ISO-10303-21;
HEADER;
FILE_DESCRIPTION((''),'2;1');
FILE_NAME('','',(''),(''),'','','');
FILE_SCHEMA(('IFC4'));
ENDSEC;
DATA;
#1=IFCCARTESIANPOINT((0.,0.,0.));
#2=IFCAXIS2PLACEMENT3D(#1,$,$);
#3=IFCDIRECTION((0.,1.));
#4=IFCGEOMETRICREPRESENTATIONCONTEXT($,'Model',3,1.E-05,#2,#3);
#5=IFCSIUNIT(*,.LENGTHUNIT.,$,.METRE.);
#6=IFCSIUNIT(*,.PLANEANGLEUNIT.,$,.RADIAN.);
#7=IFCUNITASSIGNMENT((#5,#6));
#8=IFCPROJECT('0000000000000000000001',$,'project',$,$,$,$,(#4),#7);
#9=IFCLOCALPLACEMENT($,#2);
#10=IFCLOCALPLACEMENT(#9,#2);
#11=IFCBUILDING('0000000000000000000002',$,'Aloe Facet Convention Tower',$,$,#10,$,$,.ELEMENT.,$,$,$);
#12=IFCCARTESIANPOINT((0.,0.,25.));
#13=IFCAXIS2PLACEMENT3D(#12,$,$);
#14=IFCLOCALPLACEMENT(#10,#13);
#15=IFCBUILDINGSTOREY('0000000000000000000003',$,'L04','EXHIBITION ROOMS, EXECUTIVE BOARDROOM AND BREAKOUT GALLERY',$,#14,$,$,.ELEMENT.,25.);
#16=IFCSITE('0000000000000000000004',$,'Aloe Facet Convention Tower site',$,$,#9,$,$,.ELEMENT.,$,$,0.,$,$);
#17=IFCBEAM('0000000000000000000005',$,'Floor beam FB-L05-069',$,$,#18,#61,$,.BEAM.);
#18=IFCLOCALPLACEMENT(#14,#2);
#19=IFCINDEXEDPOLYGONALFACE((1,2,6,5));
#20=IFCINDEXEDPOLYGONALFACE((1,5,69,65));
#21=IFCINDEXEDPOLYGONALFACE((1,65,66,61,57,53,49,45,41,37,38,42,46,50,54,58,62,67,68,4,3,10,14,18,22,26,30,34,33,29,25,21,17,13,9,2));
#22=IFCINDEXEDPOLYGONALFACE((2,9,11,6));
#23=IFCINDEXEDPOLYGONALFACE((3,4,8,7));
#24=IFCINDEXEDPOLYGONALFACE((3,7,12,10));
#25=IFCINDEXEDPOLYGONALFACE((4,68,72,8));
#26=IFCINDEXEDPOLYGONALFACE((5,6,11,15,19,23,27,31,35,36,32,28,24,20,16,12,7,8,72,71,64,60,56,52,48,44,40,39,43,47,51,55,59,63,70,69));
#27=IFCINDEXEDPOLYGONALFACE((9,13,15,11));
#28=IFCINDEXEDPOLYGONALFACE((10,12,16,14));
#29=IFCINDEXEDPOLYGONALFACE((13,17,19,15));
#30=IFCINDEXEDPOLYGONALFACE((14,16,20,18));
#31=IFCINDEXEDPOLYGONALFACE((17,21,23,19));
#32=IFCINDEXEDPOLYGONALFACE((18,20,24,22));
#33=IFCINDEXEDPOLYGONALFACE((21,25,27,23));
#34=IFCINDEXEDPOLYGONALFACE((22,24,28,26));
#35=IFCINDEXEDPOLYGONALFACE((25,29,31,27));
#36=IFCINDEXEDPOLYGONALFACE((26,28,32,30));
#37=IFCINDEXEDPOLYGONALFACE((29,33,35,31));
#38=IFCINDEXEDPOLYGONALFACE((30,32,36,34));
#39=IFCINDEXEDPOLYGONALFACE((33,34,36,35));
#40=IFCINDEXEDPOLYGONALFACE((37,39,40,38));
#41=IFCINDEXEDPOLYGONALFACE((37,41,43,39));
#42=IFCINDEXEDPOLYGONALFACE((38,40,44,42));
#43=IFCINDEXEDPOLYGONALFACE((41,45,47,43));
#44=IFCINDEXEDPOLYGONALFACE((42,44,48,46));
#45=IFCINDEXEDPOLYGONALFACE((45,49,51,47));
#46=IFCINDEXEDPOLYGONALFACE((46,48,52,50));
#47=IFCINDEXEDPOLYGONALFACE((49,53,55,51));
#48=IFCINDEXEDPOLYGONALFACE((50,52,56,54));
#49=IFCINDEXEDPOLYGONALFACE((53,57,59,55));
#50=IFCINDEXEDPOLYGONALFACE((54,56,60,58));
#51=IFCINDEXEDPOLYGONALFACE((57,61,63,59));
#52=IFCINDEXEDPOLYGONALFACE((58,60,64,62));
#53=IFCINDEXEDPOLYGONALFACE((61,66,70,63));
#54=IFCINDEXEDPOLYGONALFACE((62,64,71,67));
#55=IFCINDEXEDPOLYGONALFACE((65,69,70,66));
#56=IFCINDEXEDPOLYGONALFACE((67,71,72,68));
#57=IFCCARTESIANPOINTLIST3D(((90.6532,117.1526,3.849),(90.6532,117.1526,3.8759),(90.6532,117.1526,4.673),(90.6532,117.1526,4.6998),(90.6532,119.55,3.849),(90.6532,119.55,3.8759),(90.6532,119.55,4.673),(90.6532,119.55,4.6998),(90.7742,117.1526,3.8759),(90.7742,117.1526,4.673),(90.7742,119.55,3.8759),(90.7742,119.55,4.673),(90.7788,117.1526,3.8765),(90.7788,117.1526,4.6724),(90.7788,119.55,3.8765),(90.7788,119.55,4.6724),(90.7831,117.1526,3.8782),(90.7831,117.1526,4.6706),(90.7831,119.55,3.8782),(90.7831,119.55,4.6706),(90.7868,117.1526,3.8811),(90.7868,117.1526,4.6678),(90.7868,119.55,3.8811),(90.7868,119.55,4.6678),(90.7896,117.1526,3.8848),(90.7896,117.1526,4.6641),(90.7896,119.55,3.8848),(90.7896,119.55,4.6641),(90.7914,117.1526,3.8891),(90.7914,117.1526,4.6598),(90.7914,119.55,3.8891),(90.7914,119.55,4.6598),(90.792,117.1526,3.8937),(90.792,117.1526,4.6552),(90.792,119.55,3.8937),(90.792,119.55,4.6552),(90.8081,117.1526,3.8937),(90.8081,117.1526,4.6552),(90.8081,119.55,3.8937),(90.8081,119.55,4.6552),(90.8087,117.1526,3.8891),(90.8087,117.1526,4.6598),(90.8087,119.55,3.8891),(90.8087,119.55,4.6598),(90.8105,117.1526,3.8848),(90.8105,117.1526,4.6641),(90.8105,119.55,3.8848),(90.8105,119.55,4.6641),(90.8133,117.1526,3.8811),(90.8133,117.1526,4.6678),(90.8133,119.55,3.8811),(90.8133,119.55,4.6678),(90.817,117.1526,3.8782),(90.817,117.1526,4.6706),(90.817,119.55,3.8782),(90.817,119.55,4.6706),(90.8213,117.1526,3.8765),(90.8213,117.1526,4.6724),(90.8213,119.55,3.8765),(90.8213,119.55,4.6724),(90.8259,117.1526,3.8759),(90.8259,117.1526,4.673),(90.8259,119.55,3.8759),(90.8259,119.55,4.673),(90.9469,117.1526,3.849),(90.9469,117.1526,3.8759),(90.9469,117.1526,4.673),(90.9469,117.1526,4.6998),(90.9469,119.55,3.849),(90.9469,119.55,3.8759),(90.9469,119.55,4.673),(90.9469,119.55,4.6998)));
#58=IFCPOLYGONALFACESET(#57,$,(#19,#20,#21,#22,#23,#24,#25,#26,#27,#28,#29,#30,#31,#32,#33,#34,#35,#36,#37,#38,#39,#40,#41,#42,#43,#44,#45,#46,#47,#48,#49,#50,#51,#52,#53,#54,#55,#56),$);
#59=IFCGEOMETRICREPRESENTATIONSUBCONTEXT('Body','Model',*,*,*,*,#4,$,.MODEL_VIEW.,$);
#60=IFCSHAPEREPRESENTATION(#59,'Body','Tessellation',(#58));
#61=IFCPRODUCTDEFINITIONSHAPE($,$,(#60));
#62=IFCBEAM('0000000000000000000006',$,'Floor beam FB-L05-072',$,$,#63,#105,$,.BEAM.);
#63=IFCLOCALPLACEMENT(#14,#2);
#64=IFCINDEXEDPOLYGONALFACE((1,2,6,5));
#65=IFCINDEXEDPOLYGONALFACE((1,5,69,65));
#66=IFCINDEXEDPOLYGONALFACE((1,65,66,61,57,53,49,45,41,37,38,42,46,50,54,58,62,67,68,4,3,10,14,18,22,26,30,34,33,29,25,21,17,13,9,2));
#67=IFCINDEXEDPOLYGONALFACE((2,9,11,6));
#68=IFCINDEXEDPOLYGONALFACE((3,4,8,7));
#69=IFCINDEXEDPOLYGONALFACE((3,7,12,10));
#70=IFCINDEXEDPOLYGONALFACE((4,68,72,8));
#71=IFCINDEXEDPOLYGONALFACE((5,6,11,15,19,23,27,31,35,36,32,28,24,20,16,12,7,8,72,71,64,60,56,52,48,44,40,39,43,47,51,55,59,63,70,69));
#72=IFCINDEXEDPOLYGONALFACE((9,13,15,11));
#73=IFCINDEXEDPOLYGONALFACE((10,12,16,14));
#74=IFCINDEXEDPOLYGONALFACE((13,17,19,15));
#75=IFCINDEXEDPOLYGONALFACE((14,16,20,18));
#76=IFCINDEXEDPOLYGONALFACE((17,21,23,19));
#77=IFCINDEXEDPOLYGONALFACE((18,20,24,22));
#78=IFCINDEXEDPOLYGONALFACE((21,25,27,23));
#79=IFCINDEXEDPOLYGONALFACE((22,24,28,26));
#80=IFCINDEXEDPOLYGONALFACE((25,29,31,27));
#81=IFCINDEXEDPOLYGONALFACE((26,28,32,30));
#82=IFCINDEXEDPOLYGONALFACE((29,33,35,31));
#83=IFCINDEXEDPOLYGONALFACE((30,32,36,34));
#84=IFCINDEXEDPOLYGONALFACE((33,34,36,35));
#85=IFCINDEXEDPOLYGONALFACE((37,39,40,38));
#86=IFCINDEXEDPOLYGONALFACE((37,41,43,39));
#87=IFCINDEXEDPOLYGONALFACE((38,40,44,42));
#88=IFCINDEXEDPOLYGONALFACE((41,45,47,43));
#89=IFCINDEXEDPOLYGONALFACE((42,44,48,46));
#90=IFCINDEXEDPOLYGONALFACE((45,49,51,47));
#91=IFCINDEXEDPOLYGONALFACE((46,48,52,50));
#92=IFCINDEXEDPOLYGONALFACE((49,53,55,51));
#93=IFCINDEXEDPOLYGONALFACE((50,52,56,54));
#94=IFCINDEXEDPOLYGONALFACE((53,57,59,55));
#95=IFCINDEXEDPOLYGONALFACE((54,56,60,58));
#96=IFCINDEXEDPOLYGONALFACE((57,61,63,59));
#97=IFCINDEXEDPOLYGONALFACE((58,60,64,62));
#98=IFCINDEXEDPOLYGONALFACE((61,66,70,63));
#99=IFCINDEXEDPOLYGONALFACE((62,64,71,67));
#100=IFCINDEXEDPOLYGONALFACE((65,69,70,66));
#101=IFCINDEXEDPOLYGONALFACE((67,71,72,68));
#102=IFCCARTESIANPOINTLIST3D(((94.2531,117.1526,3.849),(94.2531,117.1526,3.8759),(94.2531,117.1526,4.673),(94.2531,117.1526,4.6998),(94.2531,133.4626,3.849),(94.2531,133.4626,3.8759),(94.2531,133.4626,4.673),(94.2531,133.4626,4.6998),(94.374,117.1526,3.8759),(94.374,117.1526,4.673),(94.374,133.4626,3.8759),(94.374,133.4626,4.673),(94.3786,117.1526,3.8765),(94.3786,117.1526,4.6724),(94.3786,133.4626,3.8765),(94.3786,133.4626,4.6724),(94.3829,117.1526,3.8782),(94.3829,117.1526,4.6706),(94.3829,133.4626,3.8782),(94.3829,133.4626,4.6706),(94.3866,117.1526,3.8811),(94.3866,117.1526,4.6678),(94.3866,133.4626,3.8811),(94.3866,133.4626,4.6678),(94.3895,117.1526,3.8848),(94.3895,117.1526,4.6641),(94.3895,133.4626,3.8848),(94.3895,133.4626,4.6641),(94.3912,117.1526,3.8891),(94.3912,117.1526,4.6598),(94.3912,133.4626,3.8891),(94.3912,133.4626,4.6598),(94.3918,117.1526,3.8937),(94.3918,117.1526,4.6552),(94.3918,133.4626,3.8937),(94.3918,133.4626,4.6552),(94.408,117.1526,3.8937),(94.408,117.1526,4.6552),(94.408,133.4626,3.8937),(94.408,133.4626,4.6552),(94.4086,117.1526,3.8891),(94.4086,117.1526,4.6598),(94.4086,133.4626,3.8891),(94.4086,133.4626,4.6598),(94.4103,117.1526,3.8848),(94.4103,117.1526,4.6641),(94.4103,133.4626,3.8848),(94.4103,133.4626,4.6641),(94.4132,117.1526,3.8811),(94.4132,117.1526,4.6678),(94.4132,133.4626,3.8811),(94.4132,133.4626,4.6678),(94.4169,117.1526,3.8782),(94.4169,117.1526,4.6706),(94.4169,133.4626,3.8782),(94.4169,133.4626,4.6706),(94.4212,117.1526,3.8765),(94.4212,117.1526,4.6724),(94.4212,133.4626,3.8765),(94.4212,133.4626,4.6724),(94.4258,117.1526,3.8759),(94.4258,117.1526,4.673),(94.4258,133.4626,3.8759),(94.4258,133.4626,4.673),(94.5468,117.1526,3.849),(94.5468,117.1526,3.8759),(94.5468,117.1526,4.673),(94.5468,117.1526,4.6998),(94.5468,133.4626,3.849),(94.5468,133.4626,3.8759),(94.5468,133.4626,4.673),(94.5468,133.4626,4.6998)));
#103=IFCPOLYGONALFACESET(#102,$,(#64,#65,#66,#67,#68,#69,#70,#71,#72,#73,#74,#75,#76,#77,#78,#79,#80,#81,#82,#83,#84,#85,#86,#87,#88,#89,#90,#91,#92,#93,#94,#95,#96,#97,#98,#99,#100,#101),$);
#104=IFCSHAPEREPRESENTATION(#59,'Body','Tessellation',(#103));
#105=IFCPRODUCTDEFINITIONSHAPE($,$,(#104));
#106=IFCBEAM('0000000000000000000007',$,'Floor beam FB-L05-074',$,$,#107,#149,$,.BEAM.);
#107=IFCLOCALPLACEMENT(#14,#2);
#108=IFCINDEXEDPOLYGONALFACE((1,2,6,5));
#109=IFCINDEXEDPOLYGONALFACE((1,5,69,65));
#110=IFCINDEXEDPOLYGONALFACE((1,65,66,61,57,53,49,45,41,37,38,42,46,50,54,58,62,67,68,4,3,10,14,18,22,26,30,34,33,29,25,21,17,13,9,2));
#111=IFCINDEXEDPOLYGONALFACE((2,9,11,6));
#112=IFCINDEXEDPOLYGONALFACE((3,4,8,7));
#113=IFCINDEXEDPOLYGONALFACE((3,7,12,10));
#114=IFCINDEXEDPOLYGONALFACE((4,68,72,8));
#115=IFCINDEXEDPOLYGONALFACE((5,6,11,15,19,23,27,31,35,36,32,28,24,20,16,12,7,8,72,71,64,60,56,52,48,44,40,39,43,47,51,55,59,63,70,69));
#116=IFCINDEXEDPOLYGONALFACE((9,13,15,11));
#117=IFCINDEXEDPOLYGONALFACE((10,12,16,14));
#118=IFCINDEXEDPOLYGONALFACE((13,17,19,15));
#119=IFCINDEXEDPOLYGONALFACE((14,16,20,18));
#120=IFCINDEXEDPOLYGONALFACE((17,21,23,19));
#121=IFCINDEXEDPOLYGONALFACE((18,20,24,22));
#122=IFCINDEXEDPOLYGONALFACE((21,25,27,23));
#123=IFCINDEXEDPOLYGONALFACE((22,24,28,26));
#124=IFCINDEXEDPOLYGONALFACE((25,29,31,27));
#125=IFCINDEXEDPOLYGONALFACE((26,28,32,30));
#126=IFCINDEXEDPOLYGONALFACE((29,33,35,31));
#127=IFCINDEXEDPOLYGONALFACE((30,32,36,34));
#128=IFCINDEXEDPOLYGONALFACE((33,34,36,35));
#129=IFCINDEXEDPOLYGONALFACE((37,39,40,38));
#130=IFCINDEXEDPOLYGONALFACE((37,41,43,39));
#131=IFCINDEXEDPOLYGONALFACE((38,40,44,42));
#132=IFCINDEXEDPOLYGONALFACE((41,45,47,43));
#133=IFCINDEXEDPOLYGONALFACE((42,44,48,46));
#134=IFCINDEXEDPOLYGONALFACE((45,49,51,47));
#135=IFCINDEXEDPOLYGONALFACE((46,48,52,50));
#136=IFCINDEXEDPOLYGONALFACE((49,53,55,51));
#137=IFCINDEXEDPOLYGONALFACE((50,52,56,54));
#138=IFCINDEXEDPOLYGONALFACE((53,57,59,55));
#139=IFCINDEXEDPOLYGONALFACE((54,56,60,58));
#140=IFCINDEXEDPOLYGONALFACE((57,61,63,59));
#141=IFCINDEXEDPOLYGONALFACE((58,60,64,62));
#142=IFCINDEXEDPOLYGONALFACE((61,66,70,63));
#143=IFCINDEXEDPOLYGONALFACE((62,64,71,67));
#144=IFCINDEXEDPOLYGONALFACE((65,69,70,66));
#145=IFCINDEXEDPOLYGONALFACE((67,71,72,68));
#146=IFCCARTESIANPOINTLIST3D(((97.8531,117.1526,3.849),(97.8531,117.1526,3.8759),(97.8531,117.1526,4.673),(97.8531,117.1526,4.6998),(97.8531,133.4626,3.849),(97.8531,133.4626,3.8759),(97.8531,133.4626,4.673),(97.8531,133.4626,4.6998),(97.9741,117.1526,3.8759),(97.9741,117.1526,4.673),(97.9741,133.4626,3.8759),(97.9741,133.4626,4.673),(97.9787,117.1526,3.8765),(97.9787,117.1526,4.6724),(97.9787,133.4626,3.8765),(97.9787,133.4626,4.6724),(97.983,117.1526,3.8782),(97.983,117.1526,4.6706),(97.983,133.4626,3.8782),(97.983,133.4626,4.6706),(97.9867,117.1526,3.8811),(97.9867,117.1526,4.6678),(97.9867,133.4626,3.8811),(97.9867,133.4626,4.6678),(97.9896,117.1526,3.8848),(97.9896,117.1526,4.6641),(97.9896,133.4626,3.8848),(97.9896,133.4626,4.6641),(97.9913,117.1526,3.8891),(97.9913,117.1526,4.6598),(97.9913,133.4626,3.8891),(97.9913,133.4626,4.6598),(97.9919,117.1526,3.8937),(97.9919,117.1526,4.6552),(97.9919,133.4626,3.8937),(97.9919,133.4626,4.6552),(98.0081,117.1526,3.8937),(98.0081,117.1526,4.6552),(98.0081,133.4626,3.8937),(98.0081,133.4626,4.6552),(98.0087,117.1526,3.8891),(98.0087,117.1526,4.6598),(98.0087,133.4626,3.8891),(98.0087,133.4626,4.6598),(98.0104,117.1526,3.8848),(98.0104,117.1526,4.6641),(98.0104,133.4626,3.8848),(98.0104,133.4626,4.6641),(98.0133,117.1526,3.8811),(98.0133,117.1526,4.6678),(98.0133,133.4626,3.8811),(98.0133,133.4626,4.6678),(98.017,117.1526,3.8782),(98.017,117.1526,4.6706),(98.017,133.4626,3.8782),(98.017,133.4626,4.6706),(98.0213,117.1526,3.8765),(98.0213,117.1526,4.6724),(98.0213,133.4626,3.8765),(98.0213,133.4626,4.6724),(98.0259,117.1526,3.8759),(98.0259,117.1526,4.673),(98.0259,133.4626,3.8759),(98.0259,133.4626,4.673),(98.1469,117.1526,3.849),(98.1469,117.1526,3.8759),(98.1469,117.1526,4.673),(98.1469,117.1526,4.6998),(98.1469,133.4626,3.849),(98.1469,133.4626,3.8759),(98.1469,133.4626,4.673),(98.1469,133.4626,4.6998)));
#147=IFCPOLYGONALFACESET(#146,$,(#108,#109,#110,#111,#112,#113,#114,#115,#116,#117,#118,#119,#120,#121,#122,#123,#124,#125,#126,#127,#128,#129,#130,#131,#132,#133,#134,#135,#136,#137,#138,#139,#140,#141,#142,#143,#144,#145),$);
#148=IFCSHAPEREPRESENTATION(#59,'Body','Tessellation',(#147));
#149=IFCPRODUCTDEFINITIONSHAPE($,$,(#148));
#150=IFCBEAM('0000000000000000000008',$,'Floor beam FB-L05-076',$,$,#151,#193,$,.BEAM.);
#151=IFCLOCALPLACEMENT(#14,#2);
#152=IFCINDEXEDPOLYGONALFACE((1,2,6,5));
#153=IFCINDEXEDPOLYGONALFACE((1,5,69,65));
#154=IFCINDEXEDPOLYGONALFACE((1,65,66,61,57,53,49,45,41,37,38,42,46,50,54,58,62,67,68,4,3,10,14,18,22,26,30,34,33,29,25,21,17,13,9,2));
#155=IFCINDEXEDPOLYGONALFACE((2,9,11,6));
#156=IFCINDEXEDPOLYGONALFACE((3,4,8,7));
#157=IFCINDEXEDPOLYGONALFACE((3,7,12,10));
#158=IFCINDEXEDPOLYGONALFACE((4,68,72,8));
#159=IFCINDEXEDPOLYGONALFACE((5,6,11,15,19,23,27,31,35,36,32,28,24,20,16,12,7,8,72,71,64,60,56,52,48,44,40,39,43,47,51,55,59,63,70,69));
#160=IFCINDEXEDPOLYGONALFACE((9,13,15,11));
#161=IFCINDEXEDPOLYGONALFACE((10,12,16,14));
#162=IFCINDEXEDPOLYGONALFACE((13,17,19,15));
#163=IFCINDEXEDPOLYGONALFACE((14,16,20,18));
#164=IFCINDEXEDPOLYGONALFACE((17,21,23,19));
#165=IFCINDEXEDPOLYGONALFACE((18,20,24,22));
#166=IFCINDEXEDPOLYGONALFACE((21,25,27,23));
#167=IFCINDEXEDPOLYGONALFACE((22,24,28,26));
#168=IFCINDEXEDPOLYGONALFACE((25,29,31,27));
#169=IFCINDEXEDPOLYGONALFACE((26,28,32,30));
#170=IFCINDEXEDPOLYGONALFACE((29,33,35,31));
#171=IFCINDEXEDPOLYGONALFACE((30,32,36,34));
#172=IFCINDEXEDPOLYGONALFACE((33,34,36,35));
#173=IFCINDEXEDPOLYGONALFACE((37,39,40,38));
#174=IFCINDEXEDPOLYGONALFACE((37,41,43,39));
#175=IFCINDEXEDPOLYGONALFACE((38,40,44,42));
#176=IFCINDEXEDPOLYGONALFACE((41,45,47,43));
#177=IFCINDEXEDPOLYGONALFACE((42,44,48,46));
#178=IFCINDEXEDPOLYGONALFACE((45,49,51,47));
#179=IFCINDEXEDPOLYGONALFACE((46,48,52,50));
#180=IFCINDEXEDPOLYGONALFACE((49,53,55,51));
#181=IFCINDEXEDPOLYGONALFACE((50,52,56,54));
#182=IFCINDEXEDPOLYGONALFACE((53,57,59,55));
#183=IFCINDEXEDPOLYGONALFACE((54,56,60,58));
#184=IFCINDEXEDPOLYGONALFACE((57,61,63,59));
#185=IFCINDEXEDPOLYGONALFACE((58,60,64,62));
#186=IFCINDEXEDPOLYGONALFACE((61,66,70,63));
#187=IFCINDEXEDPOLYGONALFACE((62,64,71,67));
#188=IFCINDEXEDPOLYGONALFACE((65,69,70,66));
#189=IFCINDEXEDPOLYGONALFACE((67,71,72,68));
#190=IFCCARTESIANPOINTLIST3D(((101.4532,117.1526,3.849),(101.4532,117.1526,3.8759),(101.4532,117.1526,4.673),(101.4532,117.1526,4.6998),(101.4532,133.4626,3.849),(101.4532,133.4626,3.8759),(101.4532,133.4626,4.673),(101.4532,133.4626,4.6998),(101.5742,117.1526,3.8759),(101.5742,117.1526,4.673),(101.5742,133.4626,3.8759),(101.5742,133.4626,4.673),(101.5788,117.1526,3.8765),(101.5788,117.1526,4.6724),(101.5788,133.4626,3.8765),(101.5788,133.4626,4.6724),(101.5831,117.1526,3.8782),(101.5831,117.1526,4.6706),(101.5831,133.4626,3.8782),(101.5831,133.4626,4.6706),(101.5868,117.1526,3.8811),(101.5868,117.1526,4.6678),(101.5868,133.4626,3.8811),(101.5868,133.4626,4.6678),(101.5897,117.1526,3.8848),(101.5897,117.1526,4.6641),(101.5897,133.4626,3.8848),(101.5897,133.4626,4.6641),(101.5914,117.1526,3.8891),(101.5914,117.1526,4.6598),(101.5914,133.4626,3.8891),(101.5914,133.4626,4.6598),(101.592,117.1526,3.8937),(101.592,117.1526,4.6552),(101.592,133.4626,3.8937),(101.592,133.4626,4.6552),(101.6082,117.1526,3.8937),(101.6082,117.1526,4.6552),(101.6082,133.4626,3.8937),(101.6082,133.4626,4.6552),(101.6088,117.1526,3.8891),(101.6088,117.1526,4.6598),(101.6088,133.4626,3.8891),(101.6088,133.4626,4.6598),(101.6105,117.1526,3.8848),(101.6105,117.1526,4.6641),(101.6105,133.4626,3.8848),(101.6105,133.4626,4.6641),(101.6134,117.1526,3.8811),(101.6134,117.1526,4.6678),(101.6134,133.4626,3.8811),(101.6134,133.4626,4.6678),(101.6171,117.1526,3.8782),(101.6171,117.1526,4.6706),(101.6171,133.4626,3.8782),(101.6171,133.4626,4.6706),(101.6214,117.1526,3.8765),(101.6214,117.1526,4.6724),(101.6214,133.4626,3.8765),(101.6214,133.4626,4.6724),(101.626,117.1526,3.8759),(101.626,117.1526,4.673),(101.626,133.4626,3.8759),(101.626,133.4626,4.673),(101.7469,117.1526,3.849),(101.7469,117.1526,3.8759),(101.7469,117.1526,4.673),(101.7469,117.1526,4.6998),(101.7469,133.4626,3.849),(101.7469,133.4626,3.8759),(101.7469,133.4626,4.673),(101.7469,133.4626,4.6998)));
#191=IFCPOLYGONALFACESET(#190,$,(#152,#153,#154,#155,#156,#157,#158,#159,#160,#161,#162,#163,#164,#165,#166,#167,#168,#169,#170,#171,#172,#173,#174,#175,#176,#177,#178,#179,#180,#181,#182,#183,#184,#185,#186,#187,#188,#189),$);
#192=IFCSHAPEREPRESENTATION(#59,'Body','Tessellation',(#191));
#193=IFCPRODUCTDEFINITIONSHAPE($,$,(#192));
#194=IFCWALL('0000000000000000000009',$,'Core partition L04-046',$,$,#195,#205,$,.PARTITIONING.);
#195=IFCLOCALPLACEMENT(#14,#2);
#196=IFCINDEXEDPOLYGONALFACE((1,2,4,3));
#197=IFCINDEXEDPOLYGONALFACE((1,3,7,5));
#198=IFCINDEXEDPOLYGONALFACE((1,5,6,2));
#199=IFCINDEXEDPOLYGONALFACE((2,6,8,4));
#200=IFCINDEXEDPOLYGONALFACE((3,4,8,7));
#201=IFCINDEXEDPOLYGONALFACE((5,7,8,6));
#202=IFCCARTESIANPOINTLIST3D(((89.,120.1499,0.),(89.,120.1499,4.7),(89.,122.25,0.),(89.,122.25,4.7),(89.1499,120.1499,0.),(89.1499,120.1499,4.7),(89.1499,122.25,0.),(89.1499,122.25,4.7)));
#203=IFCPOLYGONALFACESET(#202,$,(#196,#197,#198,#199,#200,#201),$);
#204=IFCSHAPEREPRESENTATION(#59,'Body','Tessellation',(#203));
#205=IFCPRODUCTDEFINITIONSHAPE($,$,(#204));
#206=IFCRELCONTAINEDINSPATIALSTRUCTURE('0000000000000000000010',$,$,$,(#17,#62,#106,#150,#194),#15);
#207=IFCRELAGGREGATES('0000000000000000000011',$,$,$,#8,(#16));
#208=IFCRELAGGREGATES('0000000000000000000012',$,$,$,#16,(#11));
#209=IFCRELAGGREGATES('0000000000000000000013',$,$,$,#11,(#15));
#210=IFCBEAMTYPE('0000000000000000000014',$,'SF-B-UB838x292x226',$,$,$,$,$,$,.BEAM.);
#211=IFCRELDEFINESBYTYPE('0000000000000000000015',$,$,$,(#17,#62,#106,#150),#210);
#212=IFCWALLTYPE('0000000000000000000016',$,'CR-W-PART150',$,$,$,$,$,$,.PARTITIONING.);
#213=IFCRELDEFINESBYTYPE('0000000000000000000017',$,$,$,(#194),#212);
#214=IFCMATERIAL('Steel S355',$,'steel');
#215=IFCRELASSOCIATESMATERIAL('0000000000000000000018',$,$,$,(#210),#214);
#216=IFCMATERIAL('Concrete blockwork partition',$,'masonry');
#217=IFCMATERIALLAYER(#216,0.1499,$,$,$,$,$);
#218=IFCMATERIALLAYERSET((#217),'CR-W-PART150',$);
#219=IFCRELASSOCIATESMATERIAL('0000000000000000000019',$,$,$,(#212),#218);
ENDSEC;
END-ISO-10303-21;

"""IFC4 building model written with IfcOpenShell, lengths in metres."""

from ifc_helpers import new_model, si_unit, direction, frame, frame_2d, origin, origin_2d, place, context, subcontext, project, spatial, rectangle, i_section, extrude, material, layer, layer_set, material_profile, profile_set, type_object, element, save


model = new_model("IFC4")

# Units and contexts
model_context = context("Model", 3, precision=1e-05, world=origin(), true_north=direction((0.0, 1.0)))
body_context = subcontext(model_context, "Body", "Model", "MODEL_VIEW")
ifc_project = project(units=[si_unit("LENGTHUNIT", "METRE"), si_unit("PLANEANGLEUNIT", "RADIAN")], contexts=[model_context])

# Site, building, storey
site_placement = place(None, origin())
site = spatial("IfcSite", under=ifc_project, at=site_placement, Name="Aloe Facet Convention Tower site", CompositionType="ELEMENT", RefElevation=0.0)
building_placement = place(site_placement, origin())
building = spatial("IfcBuilding", under=site, at=building_placement, Name="Aloe Facet Convention Tower", CompositionType="ELEMENT")
storey_placement = place(building_placement, frame((0.0, 0.0, 25.0)))
storey = spatial("IfcBuildingStorey", under=building, at=storey_placement, Name="L04", Description="EXHIBITION ROOMS, EXECUTIVE BOARDROOM AND BREAKOUT GALLERY", CompositionType="ELEMENT", Elevation=25.0)

# Beams
ifc_material_1 = material(Name="Steel S355", Category="steel")
ifc_material_profile = material_profile(ifc_material_1, i_section(OverallWidth=0.2937, OverallDepth=0.8508, WebThickness=0.0161, FlangeThickness=0.0269, FilletRadius=0.0178, at=origin_2d()), Name="UB 838x292x226")
ifc_profile_set = profile_set([ifc_material_profile], Name="Steel S355")
beam_type = type_object("IfcBeamType", Name="SF-B-UB838x292x226", PredefinedType="BEAM", material=ifc_profile_set)
beam_placement = place(storey_placement, frame((90.8, 117.1526, 4.2744), z_axis=(0.0, 1.0, 0.0), x_axis=(-1.0, 0.0, 0.0)))
element("IfcBeam", 1, at=beam_placement, inside=storey, type_object=beam_type, Name="Floor beam FB-L05-069", PredefinedType="BEAM", context=body_context, shape_type="SweptSolid", body=[
    extrude(i_section(OverallWidth=0.2937, OverallDepth=0.8508, WebThickness=0.0161, FlangeThickness=0.0269, FilletRadius=0.0178, at=origin_2d()), origin(), (0.0, 0.0, 1.0), 2.3975),
])
for number, where, z_axis, x_axis, name in (
    (2, (94.3999, 117.1526, 4.2744), (0.0, 1.0, 0.0), (-1.0, 0.0, 0.0), "Floor beam FB-L05-072"),
    (3, (98.0, 117.1526, 4.2744), (0.0, 1.0, 0.0), (-1.0, 0.0, 0.0), "Floor beam FB-L05-074"),
    (4, (101.6001, 117.1526, 4.2744), (0.0, 1.0, 0.0), (-1.0, 0.0, 0.0), "Floor beam FB-L05-076"),
):
    element("IfcBeam", number, at=place(storey_placement, frame(where, z_axis=z_axis, x_axis=x_axis)), inside=storey, type_object=beam_type, Name=name, PredefinedType="BEAM", context=body_context, shape_type="SweptSolid", body=[
        extrude(i_section(OverallWidth=0.2937, OverallDepth=0.8508, WebThickness=0.0161, FlangeThickness=0.0269, FilletRadius=0.0178, at=origin_2d()), origin(), (0.0, 0.0, 1.0), 16.3101),
    ])

# Wall
ifc_material_2 = material(Name="Concrete blockwork partition", Category="masonry")
ifc_layer_1 = layer(ifc_material_2, 0.1499)
ifc_layer_set_1 = layer_set([ifc_layer_1], Name="CR-W-PART150")
wall_type_1 = type_object("IfcWallType", Name="CR-W-PART150", PredefinedType="PARTITIONING", material=ifc_layer_set_1)
wall_1_placement = place(storey_placement, frame((89.075, 122.25, 0.0), z_axis=(0.0, 0.0, 1.0), x_axis=(0.0, -1.0, 0.0)))
element("IfcWall", 5, at=wall_1_placement, inside=storey, type_object=wall_type_1, Name="Core partition L04-046", PredefinedType="PARTITIONING", context=body_context, shape_type="SweptSolid", body=[
    extrude(rectangle(XDim=2.1001, YDim=0.1499, at=frame_2d((1.05, 0.0))), origin(), (0.0, 0.0, 1.0), 4.7),
])

save(model, "model.ifc")
